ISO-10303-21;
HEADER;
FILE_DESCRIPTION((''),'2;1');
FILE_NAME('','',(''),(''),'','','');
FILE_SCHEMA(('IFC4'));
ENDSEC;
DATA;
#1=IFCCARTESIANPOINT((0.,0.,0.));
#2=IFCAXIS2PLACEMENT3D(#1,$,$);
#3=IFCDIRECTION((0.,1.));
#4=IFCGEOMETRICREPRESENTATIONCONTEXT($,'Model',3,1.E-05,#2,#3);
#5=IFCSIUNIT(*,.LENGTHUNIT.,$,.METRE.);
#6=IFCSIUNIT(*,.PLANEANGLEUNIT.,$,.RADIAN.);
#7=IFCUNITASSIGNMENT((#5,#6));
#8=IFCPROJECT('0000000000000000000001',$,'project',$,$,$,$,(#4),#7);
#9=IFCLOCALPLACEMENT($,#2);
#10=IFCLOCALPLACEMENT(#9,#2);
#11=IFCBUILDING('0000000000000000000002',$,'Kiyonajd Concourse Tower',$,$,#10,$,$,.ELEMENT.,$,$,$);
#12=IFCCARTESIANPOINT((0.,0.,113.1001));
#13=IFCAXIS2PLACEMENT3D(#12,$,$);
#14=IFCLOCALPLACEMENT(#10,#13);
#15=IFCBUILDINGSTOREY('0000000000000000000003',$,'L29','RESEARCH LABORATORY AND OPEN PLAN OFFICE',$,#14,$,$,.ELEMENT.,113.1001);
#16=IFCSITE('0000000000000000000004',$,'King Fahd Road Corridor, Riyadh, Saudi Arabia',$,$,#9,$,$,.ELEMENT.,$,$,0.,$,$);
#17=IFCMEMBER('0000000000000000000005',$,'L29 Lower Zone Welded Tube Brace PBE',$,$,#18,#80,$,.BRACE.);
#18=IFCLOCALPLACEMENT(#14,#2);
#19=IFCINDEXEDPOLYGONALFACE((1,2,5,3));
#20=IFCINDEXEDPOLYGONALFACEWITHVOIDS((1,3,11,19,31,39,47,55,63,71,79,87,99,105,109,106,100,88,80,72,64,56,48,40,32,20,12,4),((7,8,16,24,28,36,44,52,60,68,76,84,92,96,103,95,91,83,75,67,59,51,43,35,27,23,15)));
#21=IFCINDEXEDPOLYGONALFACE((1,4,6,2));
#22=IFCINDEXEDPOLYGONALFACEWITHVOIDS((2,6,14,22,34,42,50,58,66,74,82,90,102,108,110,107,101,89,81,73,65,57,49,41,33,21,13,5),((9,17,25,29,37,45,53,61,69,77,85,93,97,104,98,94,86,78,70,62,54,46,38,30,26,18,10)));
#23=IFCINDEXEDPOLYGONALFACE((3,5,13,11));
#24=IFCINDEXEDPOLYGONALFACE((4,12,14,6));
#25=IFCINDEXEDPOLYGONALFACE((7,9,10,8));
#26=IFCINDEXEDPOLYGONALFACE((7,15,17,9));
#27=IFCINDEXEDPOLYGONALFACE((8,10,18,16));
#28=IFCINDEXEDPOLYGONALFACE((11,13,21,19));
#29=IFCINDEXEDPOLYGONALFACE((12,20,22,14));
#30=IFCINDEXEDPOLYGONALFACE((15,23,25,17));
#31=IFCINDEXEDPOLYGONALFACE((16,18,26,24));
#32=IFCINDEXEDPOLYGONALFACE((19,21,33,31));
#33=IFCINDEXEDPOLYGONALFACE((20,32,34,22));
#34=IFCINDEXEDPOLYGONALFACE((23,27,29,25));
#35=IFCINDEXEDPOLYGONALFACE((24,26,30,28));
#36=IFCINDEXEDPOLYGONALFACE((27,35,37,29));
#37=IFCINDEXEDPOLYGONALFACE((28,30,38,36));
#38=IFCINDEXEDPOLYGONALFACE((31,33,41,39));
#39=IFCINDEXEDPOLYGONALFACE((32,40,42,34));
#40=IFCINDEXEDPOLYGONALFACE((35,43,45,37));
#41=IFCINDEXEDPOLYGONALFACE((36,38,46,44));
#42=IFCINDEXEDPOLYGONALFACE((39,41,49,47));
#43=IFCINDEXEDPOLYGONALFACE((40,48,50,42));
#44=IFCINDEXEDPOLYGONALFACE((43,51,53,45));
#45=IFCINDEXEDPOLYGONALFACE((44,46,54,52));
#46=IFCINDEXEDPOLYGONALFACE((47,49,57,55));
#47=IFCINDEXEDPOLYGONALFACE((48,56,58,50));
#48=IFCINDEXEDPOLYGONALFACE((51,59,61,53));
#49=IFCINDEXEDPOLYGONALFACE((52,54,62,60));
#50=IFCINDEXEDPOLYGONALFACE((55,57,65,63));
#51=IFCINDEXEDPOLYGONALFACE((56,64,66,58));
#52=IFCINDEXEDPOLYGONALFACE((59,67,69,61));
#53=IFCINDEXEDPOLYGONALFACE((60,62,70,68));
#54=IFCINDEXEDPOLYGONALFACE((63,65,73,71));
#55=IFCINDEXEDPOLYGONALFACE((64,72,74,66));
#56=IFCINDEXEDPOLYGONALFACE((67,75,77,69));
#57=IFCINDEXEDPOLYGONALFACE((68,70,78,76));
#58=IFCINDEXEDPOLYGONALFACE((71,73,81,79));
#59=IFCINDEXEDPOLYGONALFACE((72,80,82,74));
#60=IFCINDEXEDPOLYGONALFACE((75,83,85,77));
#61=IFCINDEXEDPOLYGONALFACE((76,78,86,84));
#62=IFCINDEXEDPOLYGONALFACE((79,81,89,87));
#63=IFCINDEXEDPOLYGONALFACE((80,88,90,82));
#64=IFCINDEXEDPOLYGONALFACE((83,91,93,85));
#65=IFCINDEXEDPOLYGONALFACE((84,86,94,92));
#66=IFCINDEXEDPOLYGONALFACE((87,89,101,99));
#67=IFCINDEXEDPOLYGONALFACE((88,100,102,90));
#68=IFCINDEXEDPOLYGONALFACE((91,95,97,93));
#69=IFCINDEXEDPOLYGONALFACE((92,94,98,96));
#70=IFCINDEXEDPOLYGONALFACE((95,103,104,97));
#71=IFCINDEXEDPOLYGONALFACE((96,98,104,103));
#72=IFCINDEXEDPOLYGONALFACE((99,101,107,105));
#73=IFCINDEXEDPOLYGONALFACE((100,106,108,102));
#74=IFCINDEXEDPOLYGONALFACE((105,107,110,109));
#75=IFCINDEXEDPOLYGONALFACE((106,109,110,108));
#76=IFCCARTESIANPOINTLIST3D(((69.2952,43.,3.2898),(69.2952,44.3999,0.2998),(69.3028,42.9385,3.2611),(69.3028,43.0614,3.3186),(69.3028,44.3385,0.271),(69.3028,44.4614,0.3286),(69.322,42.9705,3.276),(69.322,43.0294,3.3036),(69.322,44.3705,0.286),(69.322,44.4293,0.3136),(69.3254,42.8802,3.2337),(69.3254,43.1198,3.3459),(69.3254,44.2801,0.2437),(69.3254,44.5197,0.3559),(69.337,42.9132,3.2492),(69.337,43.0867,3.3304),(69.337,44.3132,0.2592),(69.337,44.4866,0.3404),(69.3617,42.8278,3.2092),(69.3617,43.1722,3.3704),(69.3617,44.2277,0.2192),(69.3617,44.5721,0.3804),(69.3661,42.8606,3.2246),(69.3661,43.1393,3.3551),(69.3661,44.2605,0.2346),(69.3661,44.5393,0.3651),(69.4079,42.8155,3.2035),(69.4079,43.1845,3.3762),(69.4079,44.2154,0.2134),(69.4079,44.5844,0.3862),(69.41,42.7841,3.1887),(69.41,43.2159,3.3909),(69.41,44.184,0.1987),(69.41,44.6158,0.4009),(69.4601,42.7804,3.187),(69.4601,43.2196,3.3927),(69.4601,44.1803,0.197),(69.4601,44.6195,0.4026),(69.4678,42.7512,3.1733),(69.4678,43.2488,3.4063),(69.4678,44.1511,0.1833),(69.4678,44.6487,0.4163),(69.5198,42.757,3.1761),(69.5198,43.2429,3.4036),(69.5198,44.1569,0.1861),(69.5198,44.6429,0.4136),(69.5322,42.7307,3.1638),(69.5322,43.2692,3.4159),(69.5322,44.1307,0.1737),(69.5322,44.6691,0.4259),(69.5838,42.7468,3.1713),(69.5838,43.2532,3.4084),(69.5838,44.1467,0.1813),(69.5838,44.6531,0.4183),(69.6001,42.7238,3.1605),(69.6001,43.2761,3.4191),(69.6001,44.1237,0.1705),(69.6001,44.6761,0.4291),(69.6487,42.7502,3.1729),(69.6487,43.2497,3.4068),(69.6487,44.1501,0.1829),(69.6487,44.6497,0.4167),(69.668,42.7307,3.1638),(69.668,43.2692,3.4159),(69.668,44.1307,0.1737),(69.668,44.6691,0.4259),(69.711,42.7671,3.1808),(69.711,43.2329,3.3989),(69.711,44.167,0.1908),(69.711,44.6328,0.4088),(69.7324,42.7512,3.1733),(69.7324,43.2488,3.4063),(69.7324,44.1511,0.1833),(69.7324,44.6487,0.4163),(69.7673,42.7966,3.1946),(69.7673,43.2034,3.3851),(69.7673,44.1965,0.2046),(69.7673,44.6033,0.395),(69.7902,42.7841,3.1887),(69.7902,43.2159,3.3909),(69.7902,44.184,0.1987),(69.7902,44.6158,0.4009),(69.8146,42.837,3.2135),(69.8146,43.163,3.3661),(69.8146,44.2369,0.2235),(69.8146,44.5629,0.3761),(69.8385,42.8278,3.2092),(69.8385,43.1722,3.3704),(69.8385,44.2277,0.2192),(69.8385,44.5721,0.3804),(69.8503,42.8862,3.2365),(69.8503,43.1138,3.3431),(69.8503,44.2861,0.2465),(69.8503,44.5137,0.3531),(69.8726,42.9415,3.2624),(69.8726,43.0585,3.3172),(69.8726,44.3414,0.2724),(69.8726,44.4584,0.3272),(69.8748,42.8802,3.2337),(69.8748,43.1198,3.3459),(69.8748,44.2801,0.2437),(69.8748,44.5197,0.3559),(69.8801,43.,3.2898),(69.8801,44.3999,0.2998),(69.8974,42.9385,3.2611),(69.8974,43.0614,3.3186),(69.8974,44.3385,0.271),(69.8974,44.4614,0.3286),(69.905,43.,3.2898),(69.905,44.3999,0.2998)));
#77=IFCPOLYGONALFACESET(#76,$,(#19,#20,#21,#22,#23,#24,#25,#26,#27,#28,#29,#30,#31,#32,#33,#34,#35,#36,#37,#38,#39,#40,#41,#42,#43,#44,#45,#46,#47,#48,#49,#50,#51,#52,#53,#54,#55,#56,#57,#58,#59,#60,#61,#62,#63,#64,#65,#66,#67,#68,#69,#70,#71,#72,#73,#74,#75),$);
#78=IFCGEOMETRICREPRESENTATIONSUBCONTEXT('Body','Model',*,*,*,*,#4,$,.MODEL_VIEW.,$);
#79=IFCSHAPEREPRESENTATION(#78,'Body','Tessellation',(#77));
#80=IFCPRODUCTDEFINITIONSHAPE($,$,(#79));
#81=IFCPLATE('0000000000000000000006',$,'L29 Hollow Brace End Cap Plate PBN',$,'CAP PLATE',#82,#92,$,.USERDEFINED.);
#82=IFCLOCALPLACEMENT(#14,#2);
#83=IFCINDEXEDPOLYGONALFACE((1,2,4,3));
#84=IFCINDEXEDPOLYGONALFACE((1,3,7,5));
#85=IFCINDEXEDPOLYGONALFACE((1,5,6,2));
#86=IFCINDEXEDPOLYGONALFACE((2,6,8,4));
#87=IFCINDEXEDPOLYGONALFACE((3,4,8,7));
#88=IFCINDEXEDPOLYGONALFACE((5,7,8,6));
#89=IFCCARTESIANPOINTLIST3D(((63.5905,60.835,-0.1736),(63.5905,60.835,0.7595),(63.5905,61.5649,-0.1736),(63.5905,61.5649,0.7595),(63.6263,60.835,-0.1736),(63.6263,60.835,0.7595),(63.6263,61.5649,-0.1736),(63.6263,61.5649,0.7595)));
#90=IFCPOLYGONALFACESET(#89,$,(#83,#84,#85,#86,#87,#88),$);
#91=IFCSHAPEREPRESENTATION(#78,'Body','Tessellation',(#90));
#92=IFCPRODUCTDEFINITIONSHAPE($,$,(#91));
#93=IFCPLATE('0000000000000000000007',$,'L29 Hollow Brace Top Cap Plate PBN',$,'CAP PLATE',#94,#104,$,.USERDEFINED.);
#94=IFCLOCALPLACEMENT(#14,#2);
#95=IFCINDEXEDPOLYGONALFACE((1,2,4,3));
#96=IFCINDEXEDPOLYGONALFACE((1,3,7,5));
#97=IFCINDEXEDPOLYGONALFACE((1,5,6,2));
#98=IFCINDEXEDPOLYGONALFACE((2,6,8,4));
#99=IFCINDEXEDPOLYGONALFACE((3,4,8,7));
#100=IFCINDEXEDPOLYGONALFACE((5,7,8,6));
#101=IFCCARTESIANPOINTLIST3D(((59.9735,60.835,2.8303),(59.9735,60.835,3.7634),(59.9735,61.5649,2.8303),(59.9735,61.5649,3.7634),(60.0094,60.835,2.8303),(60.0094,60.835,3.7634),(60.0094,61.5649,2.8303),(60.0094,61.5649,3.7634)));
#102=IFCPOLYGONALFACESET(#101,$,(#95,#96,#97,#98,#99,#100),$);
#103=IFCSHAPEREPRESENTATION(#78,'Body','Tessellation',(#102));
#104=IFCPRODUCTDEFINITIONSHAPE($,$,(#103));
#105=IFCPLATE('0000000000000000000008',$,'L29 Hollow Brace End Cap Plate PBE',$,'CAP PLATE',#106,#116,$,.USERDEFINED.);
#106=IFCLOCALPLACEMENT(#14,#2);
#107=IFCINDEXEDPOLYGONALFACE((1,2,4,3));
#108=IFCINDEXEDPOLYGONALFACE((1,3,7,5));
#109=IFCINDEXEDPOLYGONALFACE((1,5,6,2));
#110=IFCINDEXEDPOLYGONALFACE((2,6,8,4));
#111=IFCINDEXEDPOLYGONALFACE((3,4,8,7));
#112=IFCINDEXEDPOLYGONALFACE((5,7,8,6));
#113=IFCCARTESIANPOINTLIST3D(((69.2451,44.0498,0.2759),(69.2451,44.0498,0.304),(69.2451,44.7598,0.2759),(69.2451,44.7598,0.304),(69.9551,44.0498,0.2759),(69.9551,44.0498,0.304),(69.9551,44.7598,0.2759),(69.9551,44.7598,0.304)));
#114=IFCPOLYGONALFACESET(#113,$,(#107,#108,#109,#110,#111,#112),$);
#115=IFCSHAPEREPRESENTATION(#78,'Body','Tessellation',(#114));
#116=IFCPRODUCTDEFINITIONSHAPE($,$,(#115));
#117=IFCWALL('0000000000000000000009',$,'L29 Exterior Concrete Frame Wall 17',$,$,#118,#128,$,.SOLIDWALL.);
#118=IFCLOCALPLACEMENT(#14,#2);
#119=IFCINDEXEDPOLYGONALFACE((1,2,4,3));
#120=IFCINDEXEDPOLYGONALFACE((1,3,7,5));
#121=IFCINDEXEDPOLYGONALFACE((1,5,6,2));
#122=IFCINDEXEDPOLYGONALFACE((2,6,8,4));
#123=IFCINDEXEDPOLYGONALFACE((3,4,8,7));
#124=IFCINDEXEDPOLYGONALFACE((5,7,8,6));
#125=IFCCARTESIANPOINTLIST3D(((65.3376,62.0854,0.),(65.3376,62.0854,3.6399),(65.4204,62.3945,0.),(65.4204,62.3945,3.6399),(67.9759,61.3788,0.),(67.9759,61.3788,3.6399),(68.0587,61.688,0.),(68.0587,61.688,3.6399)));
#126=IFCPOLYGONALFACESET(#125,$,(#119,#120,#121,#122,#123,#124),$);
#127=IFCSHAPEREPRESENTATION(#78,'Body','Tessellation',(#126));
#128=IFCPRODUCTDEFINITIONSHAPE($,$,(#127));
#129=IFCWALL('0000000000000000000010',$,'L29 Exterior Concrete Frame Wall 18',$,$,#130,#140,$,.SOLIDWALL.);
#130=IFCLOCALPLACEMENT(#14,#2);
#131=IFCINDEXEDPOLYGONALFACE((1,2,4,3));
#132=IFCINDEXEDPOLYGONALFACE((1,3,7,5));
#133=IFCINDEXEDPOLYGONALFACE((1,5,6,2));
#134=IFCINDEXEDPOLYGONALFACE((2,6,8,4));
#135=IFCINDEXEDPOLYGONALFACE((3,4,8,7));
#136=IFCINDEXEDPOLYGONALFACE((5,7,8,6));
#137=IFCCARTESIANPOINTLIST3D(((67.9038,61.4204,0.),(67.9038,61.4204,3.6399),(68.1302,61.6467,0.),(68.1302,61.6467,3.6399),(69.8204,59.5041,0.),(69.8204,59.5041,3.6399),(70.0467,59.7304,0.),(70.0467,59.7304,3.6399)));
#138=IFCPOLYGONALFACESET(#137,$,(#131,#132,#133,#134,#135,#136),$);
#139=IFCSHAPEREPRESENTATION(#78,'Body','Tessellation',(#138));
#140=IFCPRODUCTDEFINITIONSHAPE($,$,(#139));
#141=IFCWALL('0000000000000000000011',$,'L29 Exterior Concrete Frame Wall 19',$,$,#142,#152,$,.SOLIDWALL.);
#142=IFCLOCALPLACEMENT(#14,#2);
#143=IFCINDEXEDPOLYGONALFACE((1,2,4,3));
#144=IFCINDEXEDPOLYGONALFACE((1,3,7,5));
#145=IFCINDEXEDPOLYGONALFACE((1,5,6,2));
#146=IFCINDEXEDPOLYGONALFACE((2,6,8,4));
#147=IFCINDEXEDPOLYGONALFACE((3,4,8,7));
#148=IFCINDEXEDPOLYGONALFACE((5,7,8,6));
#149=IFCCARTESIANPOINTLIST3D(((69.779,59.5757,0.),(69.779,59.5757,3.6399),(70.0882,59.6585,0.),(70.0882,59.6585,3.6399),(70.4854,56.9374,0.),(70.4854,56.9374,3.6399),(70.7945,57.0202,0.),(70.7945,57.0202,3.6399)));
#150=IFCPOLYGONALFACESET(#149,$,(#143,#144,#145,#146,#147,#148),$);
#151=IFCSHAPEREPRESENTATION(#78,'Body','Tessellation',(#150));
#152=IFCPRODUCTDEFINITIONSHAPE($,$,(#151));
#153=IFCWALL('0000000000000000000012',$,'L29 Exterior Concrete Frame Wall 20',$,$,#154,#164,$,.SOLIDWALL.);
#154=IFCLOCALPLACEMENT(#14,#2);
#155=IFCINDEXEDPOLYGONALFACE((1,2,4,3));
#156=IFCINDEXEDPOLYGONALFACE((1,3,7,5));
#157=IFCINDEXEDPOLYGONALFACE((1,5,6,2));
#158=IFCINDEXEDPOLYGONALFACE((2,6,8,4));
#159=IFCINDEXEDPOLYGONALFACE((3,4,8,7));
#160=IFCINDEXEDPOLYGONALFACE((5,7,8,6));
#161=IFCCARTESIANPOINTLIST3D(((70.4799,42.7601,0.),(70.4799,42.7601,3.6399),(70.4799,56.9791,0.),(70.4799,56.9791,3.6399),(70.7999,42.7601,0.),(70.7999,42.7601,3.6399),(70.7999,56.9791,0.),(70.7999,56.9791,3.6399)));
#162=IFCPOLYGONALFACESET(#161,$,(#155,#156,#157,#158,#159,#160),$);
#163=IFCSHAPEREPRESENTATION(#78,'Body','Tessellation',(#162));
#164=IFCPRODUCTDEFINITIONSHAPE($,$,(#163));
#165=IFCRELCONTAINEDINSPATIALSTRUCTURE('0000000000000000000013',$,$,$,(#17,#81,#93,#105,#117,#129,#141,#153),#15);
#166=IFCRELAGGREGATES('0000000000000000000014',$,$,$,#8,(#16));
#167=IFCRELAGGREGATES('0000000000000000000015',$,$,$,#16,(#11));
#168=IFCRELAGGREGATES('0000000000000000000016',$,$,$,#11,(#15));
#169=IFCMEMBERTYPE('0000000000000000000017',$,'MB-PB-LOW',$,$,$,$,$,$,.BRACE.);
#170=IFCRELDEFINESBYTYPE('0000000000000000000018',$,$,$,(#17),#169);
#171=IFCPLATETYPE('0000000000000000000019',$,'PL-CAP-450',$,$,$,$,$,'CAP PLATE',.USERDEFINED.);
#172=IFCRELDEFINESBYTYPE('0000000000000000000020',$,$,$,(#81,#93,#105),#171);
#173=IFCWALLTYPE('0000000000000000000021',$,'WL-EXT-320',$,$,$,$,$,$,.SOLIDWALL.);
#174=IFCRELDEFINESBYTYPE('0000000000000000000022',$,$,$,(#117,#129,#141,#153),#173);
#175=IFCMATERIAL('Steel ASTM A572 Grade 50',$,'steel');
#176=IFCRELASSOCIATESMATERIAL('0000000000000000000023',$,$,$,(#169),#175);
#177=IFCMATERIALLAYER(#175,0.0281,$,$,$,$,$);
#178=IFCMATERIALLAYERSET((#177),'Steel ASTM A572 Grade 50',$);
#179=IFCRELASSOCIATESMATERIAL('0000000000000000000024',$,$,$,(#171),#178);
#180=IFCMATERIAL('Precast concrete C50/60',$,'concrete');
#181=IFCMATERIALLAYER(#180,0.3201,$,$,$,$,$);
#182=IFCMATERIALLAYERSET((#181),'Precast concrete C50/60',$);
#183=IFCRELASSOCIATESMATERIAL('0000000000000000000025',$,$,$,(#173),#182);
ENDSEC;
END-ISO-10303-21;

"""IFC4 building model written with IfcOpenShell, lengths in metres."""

from ifc_helpers import new_model, si_unit, direction, frame, frame_2d, origin, origin_2d, place, context, subcontext, project, spatial, rectangle, hollow_circle, extrude, material, layer, layer_set, material_profile, profile_set, type_object, element, save


model = new_model("IFC4")

# Units and contexts
model_context = context("Model", 3, precision=1e-05, world=origin(), true_north=direction((0.0, 1.0)))
body_context = subcontext(model_context, "Body", "Model", "MODEL_VIEW")
ifc_project = project(units=[si_unit("LENGTHUNIT", "METRE"), si_unit("PLANEANGLEUNIT", "RADIAN")], contexts=[model_context])

# Site, building, storey
site_placement = place(None, origin())
site = spatial("IfcSite", under=ifc_project, at=site_placement, Name="King Fahd Road Corridor, Riyadh, Saudi Arabia", CompositionType="ELEMENT", RefElevation=0.0)
building_placement = place(site_placement, origin())
building = spatial("IfcBuilding", under=site, at=building_placement, Name="Kiyonajd Concourse Tower", CompositionType="ELEMENT")
storey_placement = place(building_placement, frame((0.0, 0.0, 113.1001)))
storey = spatial("IfcBuildingStorey", under=building, at=storey_placement, Name="L29", Description="RESEARCH LABORATORY AND OPEN PLAN OFFICE", CompositionType="ELEMENT", Elevation=113.1001)

# Shared definitions
ifc_material_1 = material(Name="Precast concrete C50/60", Category="concrete")

# Member
ifc_material_2 = material(Name="Steel ASTM A572 Grade 50", Category="steel")
ifc_material_profile_1 = material_profile(ifc_material_2, hollow_circle(Radius=0.3049, WallThickness=0.0249, at=origin_2d()), Name="CHS-610x25")
ifc_profile_set_1 = profile_set([ifc_material_profile_1], Name="Steel ASTM A572 Grade 50")
member_type = type_object("IfcMemberType", Name="MB-PB-LOW", PredefinedType="BRACE", material=ifc_profile_set_1)
member_1_placement = place(storey_placement, frame((69.6001, 44.3999, 0.2998), z_axis=(0.0, -0.424023, 0.905652), x_axis=(1.0, 0.0, 0.0)))
element("IfcMember", 1, at=member_1_placement, inside=storey, type_object=member_type, Name="L29 Lower Zone Welded Tube Brace PBE", PredefinedType="BRACE", context=body_context, shape_type="SweptSolid", body=[
    extrude(hollow_circle(Radius=0.3049, WallThickness=0.0249, at=origin_2d()), origin(), (0.0, 0.0, 1.0), 3.3015),
])

# Plates
ifc_layer_1 = layer(ifc_material_2, 0.0281)
ifc_layer_set_1 = layer_set([ifc_layer_1], Name="Steel ASTM A572 Grade 50")
plate_type = type_object("IfcPlateType", Name="PL-CAP-450", ElementType="CAP PLATE", PredefinedType="USERDEFINED", material=ifc_layer_set_1)
for number, where, z_axis, x_axis, name in (
    (2, (63.6084, 61.2, -0.1736), (0.0, 0.0, 1.0), (1.0, 0.0, 0.0), "L29 Hollow Brace End Cap Plate PBN"),
    (3, (59.9915, 61.2, 2.8303), (0.0, 0.0, 1.0), (-1.0, 0.0, 0.0), "L29 Hollow Brace Top Cap Plate PBN"),
):
    element("IfcPlate", number, at=place(storey_placement, frame(where, z_axis=z_axis, x_axis=x_axis)), inside=storey, type_object=plate_type, Name=name, ObjectType="CAP PLATE", PredefinedType="USERDEFINED", context=body_context, shape_type="SweptSolid", body=[
        extrude(rectangle(XDim=0.0359, YDim=0.73, at=origin_2d()), origin(), (0.0, 0.0, 1.0), 0.9331),
    ])
plate_placement = place(storey_placement, frame((69.6001, 44.4048, 0.2759), z_axis=(0.0, 0.0, 1.0), x_axis=(1.0, 0.0, 0.0)))
element("IfcPlate", 4, at=plate_placement, inside=storey, type_object=plate_type, Name="L29 Hollow Brace End Cap Plate PBE", ObjectType="CAP PLATE", PredefinedType="USERDEFINED", context=body_context, shape_type="SweptSolid", body=[
    extrude(rectangle(XDim=0.71, YDim=0.71, at=origin_2d()), origin(), (0.0, 0.0, 1.0), 0.0281),
])

# Walls
ifc_layer_2 = layer(ifc_material_1, 0.3201)
ifc_layer_set_2 = layer_set([ifc_layer_2], Name="Precast concrete C50/60")
wall_type = type_object("IfcWallType", Name="WL-EXT-320", PredefinedType="SOLIDWALL", material=ifc_layer_set_2)
wall_1_placement = place(storey_placement, frame((65.3789, 62.24, 0.0), z_axis=(0.0, 0.0, 1.0), x_axis=(0.965958, -0.258697, 0.0)))
element("IfcWall", 5, at=wall_1_placement, inside=storey, type_object=wall_type, Name="L29 Exterior Concrete Frame Wall 17", PredefinedType="SOLIDWALL", context=body_context, shape_type="SweptSolid", body=[
    extrude(rectangle(XDim=2.7312, YDim=0.3201, at=frame_2d((1.3657, 0.0))), origin(), (0.0, 0.0, 1.0), 3.6399),
])
wall_2_placement = place(storey_placement, frame((68.0171, 61.5334, 0.0), z_axis=(0.0, 0.0, 1.0), x_axis=(0.707152, -0.707062, 0.0)))
element("IfcWall", 6, at=wall_2_placement, inside=storey, type_object=wall_type, Name="L29 Exterior Concrete Frame Wall 18", PredefinedType="SOLIDWALL", context=body_context, shape_type="SweptSolid", body=[
    extrude(rectangle(XDim=2.7102, YDim=0.3201, at=frame_2d((1.355, 0.0))), origin(), (0.0, 0.0, 1.0), 3.6399),
])
wall_3_placement = place(storey_placement, frame((69.9336, 59.6172, 0.0), z_axis=(0.0, 0.0, 1.0), x_axis=(0.258614, -0.965981, 0.0)))
element("IfcWall", 7, at=wall_3_placement, inside=storey, type_object=wall_type, Name="L29 Exterior Concrete Frame Wall 19", PredefinedType="SOLIDWALL", context=body_context, shape_type="SweptSolid", body=[
    extrude(rectangle(XDim=2.7312, YDim=0.3201, at=frame_2d((1.3657, 0.0))), origin(), (0.0, 0.0, 1.0), 3.6399),
])
wall_4_placement = place(storey_placement, frame((70.6399, 56.979, 0.0), z_axis=(0.0, 0.0, 1.0), x_axis=(0.0, -1.0, 0.0)))
element("IfcWall", 8, at=wall_4_placement, inside=storey, type_object=wall_type, Name="L29 Exterior Concrete Frame Wall 20", PredefinedType="SOLIDWALL", context=body_context, shape_type="SweptSolid", body=[
    extrude(rectangle(XDim=14.219, YDim=0.3201, at=frame_2d((7.1094, 0.0))), origin(), (0.0, 0.0, 1.0), 3.6399),
])

save(model, "model.ifc")
